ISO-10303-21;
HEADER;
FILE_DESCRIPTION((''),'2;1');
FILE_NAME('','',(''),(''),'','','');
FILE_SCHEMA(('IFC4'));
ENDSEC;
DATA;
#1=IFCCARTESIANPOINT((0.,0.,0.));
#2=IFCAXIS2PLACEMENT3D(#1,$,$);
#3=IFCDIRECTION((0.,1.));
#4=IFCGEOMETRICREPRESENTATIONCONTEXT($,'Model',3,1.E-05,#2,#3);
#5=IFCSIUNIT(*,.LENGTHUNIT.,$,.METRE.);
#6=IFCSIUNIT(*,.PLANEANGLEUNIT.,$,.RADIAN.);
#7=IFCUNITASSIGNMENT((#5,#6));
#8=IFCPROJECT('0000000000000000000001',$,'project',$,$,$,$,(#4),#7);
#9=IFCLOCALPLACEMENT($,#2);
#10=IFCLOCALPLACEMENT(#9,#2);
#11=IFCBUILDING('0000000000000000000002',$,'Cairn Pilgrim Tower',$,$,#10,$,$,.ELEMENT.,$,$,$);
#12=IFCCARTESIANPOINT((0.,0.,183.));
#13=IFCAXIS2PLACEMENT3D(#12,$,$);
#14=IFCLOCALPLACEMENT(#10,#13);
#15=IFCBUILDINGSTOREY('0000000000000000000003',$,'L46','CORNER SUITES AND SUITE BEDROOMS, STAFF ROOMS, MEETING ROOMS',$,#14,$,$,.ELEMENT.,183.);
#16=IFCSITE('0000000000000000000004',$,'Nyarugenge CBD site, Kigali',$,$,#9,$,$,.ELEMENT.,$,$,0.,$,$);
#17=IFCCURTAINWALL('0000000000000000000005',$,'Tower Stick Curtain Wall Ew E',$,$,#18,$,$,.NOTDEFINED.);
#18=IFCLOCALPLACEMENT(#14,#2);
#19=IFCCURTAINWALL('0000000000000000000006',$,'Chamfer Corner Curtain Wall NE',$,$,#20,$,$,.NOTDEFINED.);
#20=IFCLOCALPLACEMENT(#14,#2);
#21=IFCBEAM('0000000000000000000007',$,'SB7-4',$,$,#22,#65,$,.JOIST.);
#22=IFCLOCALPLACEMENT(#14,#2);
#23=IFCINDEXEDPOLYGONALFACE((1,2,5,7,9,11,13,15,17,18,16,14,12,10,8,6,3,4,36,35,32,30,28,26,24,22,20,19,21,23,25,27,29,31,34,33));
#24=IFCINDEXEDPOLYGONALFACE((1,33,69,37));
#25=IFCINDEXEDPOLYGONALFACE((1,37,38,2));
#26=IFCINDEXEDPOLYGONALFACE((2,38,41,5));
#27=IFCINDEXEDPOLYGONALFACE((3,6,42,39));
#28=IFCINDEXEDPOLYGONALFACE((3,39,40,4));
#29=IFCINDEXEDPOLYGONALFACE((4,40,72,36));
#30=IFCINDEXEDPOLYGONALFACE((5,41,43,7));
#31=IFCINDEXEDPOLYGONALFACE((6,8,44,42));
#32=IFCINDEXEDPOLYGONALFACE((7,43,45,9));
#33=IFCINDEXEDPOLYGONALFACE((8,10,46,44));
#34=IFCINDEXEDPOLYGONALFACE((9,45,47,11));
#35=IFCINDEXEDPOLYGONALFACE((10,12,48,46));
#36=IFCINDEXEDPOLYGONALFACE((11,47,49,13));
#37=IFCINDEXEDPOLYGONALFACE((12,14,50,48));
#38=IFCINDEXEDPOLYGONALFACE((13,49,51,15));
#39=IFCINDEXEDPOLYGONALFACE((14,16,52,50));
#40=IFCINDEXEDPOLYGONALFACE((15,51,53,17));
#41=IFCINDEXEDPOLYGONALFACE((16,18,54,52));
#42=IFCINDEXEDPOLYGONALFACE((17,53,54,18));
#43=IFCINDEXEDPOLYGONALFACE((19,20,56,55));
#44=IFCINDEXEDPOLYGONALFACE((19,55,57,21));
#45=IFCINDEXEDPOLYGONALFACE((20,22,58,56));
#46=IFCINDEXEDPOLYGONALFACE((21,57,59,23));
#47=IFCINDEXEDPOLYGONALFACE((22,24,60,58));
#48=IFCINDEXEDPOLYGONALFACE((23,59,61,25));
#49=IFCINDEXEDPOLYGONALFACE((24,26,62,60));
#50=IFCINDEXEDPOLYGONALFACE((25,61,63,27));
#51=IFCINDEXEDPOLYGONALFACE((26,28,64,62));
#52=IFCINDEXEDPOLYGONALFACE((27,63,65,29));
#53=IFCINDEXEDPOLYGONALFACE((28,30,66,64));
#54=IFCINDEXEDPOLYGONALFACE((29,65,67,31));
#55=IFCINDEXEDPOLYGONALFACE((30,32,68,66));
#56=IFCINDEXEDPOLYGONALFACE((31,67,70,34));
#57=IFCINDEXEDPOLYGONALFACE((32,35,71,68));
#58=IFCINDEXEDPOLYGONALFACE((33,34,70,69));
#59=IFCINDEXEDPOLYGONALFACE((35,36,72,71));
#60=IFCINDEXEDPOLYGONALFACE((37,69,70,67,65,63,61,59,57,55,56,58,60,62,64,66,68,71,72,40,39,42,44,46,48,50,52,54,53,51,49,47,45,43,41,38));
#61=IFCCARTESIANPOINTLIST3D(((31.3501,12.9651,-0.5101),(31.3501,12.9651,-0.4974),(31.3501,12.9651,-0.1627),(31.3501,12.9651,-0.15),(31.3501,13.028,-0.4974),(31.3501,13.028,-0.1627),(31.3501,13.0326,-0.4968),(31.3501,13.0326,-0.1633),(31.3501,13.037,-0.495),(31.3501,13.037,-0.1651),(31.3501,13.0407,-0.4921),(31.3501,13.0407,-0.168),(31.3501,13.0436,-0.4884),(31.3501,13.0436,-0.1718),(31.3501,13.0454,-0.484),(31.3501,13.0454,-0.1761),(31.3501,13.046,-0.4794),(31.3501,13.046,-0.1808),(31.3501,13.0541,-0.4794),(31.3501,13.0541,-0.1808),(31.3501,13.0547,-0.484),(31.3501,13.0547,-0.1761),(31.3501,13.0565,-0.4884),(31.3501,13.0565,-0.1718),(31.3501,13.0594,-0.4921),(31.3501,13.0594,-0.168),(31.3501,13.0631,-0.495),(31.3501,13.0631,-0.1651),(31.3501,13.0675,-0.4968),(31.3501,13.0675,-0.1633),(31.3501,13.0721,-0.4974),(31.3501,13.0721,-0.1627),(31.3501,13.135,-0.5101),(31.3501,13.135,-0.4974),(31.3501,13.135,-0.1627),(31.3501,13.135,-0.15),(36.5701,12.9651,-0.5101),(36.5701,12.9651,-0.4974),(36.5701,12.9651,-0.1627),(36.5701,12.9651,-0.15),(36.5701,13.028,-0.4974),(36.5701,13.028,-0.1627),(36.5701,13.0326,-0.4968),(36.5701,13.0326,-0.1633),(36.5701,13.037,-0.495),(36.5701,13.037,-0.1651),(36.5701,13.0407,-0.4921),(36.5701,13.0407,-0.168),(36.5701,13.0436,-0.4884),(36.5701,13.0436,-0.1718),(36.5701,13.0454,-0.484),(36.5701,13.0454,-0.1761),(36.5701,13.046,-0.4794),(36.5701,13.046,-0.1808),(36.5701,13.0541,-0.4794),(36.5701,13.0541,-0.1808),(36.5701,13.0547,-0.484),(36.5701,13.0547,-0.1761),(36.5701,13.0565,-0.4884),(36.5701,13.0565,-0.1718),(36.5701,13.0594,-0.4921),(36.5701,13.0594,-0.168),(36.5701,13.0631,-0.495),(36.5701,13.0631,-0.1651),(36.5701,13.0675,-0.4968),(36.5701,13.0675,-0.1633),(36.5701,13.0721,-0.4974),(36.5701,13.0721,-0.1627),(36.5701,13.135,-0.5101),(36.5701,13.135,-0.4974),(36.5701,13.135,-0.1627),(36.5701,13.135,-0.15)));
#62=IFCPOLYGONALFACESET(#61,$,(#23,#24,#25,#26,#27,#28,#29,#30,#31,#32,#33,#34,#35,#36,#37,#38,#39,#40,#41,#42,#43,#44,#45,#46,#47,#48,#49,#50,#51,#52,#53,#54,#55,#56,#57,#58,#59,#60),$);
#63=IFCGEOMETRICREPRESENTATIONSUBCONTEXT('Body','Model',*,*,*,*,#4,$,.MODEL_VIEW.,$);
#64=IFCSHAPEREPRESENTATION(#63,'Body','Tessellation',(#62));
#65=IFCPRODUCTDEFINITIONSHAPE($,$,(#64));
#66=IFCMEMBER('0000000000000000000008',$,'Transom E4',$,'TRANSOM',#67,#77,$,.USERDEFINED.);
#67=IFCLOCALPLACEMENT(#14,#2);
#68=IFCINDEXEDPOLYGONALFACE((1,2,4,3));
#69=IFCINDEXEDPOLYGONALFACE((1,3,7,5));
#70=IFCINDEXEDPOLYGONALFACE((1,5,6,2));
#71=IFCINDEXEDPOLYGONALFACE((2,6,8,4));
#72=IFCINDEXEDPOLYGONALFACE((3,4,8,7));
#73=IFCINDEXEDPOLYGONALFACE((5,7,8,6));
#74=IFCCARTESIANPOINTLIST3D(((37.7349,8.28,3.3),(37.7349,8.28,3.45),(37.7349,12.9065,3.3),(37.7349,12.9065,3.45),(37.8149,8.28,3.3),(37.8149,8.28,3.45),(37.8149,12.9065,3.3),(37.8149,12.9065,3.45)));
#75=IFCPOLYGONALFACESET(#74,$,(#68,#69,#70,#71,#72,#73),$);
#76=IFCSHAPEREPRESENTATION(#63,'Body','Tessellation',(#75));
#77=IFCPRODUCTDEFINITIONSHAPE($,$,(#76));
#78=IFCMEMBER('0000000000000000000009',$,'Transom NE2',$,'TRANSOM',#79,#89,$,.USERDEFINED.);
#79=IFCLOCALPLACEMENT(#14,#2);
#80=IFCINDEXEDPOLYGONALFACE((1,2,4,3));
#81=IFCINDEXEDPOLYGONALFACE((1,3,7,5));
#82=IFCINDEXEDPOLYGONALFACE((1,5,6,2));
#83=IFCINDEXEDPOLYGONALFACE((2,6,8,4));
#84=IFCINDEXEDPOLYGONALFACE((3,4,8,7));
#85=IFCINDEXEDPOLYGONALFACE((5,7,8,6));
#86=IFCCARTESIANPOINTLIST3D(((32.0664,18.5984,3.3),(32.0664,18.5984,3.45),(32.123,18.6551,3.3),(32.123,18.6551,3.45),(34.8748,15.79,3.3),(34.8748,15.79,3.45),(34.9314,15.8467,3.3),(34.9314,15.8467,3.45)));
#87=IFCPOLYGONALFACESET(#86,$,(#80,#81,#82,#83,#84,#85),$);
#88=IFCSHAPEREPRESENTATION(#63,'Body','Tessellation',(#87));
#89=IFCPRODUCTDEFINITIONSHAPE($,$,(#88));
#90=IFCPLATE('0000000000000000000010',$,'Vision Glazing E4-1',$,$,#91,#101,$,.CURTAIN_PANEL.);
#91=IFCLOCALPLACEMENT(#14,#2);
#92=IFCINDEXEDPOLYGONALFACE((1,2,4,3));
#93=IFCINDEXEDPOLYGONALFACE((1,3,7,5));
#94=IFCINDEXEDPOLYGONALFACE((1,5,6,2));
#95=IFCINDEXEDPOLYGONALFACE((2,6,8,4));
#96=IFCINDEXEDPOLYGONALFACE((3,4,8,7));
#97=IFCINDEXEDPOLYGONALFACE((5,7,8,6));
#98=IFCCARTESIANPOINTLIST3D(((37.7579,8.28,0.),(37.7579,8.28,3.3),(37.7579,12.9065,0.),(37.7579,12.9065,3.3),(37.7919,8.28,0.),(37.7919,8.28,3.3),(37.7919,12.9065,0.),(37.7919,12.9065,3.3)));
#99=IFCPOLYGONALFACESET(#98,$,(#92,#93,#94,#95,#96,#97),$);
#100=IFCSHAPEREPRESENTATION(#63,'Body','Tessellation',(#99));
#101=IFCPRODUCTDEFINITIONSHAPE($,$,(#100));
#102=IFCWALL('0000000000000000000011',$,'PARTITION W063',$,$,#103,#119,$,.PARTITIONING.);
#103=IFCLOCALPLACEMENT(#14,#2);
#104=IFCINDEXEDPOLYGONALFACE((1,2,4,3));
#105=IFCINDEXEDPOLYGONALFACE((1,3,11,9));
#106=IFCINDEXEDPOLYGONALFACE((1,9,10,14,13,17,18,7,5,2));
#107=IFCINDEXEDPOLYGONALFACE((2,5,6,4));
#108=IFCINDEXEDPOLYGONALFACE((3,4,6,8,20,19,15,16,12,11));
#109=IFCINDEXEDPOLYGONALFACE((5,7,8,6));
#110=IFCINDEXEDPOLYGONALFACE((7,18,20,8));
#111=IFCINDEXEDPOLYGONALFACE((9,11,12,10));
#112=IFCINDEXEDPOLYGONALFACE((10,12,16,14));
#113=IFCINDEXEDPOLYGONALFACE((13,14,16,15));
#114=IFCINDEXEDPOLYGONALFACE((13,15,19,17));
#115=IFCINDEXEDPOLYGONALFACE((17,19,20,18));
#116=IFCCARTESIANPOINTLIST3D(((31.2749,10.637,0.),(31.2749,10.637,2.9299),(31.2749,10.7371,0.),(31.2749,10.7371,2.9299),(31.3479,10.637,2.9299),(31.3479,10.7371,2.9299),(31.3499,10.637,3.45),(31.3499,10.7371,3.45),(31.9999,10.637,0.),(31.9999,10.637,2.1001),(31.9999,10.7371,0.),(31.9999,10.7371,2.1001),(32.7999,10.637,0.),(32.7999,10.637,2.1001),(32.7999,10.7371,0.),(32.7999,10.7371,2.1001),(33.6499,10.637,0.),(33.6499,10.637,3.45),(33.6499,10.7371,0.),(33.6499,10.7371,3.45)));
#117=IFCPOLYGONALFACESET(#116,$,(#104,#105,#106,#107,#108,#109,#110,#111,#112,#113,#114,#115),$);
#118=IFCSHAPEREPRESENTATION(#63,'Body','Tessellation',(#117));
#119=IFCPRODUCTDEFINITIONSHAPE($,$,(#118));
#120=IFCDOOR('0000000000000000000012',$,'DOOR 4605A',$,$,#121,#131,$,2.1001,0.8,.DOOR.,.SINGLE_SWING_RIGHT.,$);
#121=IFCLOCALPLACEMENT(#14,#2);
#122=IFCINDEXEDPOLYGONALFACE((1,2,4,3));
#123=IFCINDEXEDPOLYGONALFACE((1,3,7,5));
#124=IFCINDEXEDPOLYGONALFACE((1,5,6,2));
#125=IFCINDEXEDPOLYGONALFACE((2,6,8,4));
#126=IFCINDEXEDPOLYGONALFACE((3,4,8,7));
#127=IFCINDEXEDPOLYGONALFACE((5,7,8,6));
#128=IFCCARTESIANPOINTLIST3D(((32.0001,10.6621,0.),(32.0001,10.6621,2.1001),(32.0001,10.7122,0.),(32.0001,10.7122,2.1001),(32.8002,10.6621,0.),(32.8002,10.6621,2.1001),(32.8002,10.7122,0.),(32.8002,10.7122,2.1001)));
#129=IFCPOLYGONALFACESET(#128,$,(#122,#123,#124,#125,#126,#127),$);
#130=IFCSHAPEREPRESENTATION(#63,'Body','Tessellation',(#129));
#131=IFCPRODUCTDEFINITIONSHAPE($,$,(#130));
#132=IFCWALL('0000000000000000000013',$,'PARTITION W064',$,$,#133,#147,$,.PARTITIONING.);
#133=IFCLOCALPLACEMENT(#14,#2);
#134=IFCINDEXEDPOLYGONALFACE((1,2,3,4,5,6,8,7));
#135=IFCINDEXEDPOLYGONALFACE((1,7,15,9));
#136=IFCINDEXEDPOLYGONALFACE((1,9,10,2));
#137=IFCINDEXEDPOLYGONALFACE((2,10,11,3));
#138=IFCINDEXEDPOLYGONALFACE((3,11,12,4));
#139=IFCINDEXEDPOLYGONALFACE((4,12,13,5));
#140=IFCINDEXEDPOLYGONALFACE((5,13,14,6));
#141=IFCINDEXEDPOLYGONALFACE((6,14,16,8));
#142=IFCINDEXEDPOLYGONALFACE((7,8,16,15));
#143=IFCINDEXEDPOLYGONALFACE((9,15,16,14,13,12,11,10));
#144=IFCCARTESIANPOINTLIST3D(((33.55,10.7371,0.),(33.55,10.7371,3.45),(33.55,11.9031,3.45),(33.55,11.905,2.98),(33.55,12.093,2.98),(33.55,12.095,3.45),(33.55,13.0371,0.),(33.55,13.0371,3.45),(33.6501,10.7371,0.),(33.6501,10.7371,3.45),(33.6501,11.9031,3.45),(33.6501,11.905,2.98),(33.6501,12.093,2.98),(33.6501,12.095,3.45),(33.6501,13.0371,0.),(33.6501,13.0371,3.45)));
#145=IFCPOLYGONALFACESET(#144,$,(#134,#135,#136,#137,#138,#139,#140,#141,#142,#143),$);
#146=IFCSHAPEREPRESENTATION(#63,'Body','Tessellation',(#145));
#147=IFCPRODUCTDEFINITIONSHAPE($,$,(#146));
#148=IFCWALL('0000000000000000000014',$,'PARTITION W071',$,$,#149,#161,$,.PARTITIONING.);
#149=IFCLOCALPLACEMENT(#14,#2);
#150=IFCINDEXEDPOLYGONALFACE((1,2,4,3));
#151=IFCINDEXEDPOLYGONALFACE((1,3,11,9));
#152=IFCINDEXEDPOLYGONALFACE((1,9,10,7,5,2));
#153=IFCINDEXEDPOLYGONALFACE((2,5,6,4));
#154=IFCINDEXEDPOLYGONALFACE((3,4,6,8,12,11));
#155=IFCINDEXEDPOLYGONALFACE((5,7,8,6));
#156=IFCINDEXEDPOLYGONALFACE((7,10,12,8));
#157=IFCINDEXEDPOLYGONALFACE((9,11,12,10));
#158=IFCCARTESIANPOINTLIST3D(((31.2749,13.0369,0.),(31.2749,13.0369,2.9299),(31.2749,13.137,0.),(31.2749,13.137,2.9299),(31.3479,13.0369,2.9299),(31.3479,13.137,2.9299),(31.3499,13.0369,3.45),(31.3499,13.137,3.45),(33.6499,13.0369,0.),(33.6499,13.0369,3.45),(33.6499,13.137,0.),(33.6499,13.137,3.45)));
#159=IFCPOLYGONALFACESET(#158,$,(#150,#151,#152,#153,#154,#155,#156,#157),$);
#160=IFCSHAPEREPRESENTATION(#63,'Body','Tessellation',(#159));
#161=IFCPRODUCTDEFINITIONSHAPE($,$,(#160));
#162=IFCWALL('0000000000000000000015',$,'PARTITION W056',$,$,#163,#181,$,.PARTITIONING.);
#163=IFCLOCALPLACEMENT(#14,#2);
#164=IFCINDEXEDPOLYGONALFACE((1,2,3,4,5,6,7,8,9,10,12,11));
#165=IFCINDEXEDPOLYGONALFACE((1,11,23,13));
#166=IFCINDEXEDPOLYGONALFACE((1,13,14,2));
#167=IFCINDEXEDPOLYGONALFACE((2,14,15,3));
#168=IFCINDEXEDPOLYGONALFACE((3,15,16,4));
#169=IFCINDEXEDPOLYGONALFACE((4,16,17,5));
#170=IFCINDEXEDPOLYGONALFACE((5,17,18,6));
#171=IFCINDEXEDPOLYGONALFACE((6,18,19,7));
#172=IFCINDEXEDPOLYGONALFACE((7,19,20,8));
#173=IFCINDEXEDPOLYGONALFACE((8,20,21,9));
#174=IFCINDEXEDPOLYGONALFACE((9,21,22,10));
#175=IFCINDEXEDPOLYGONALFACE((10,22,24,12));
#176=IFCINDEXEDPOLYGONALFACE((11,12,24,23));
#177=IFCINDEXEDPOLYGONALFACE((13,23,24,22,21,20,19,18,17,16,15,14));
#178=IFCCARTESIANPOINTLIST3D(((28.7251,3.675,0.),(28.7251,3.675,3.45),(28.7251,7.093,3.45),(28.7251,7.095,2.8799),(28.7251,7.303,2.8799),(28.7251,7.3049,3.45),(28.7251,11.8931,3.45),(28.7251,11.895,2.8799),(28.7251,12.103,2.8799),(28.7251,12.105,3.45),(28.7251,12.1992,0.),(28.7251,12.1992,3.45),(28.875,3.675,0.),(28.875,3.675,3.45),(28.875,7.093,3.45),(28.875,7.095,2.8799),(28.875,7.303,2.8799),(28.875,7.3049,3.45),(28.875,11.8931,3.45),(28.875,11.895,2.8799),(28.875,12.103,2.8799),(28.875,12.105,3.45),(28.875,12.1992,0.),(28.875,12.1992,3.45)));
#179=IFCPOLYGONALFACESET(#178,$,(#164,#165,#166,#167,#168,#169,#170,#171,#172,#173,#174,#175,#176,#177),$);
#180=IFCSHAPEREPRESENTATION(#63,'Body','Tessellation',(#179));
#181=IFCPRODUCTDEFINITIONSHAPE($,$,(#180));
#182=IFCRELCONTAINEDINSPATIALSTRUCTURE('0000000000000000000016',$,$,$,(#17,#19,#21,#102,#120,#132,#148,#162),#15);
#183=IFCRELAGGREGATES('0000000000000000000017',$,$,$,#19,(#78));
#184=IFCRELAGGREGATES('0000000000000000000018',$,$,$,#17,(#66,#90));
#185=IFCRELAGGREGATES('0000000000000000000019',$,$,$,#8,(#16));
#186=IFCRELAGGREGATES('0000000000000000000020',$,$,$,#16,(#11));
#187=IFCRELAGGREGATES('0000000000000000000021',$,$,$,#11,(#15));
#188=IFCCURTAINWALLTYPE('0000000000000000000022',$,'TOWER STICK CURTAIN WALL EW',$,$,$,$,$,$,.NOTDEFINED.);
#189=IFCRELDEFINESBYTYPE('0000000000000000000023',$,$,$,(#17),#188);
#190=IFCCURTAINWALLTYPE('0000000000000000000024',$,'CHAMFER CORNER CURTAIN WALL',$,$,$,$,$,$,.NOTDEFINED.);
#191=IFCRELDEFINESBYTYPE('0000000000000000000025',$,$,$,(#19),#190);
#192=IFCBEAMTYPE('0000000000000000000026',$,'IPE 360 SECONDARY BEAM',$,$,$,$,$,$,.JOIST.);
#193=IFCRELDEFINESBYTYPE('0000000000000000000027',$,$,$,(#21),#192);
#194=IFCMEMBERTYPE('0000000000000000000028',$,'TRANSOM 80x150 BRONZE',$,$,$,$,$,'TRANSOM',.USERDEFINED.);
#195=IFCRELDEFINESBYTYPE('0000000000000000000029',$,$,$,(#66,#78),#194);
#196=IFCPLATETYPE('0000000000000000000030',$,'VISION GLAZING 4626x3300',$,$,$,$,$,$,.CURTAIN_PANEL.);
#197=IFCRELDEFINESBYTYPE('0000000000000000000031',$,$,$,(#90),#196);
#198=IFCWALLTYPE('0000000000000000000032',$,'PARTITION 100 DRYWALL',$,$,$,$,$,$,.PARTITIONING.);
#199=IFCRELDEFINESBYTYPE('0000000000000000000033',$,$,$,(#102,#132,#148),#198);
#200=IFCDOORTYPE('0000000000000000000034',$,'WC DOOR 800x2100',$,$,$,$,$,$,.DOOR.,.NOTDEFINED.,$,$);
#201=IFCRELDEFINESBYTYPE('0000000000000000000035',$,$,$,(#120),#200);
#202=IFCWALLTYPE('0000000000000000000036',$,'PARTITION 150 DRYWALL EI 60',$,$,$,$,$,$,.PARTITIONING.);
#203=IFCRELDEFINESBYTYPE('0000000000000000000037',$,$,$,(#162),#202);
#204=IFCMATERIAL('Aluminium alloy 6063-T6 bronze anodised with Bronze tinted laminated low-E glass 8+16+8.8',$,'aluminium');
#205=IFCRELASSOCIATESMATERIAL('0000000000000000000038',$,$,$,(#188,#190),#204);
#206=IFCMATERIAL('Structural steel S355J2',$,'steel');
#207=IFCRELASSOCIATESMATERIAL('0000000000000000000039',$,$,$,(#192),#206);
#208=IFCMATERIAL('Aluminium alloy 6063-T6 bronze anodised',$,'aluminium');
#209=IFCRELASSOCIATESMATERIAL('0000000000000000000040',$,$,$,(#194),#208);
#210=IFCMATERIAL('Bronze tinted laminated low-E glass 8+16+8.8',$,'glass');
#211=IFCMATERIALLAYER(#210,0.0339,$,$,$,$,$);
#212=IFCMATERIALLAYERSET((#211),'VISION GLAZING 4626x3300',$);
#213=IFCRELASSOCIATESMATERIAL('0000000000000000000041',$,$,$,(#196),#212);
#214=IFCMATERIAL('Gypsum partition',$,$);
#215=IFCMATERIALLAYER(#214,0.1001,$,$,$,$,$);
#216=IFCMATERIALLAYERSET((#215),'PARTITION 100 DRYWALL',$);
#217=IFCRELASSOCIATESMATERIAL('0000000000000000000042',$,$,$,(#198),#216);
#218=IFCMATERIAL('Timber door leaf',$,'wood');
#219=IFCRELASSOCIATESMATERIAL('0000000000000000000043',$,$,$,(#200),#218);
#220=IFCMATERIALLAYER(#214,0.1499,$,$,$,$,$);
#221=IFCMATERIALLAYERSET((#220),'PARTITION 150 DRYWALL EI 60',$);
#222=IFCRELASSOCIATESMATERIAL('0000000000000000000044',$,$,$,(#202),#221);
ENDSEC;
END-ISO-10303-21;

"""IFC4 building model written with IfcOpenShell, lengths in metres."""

from ifc_helpers import new_model, si_unit, direction, frame, frame_2d, origin, origin_2d, place, context, subcontext, project, spatial, polyline, rectangle, i_section, outline, extrude, material, layer, layer_set, material_profile, profile_set, type_object, element, fill, aggregate, save


model = new_model("IFC4")

# Units and contexts
model_context = context("Model", 3, precision=1e-05, world=origin(), true_north=direction((0.0, 1.0)))
body_context = subcontext(model_context, "Body", "Model", "MODEL_VIEW")
ifc_project = project(units=[si_unit("LENGTHUNIT", "METRE"), si_unit("PLANEANGLEUNIT", "RADIAN")], contexts=[model_context])

# Site, building, storey
site_placement = place(None, origin())
site = spatial("IfcSite", under=ifc_project, at=site_placement, Name="Nyarugenge CBD site, Kigali", CompositionType="ELEMENT", RefElevation=0.0)
building_placement = place(site_placement, origin())
building = spatial("IfcBuilding", under=site, at=building_placement, Name="Cairn Pilgrim Tower", CompositionType="ELEMENT")
storey_placement = place(building_placement, frame((0.0, 0.0, 183.0)))
storey = spatial("IfcBuildingStorey", under=building, at=storey_placement, Name="L46", Description="CORNER SUITES AND SUITE BEDROOMS, STAFF ROOMS, MEETING ROOMS", CompositionType="ELEMENT", Elevation=183.0)

# Curtain wall
ifc_material_1 = material(Name="Aluminium alloy 6063-T6 bronze anodised with Bronze tinted laminated low-E glass 8+16+8.8", Category="aluminium")
curtain_wall_type_1 = type_object("IfcCurtainWallType", Name="TOWER STICK CURTAIN WALL EW", PredefinedType="NOTDEFINED", material=ifc_material_1)
curtain_wall_1_placement = place(storey_placement, origin())
curtain_wall_1 = element("IfcCurtainWall", 1, at=curtain_wall_1_placement, inside=storey, type_object=curtain_wall_type_1, Name="Tower Stick Curtain Wall Ew E", PredefinedType="NOTDEFINED")
ifc_material_2 = material(Name="Aluminium alloy 6063-T6 bronze anodised", Category="aluminium")

# Curtain wall
curtain_wall_type_2 = type_object("IfcCurtainWallType", Name="CHAMFER CORNER CURTAIN WALL", PredefinedType="NOTDEFINED", material=ifc_material_1)
curtain_wall_2_placement = place(storey_placement, origin())
curtain_wall_2 = element("IfcCurtainWall", 2, at=curtain_wall_2_placement, inside=storey, type_object=curtain_wall_type_2, Name="Chamfer Corner Curtain Wall NE", PredefinedType="NOTDEFINED")

# Beam
ifc_material_3 = material(Name="Structural steel S355J2", Category="steel")
ifc_material_profile_1 = material_profile(ifc_material_3, i_section(OverallWidth=0.1699, OverallDepth=0.3601, WebThickness=0.0081, FlangeThickness=0.0127, FilletRadius=0.0181, at=origin_2d()), Name="IPE 360")
ifc_profile_set_1 = profile_set([ifc_material_profile_1], Name="Structural steel S355J2")
beam_type_1 = type_object("IfcBeamType", Name="IPE 360 SECONDARY BEAM", PredefinedType="JOIST", material=ifc_profile_set_1)
beam_1_placement = place(storey_placement, frame((31.3501, 13.05, -0.3301), z_axis=(1.0, 0.0, 0.0), x_axis=(0.0, 1.0, 0.0)))
element("IfcBeam", 3, at=beam_1_placement, inside=storey, type_object=beam_type_1, Name="SB7-4", PredefinedType="JOIST", context=body_context, shape_type="SweptSolid", body=[
    extrude(i_section(OverallWidth=0.1699, OverallDepth=0.3601, WebThickness=0.0081, FlangeThickness=0.0127, FilletRadius=0.0181, at=origin_2d()), origin(), (0.0, 0.0, 1.0), 5.22),
])

# Members
ifc_material_profile_2 = material_profile(ifc_material_2, rectangle(XDim=0.0801, YDim=0.1499, at=origin_2d()), Name="TRANSOM 80x150 BRONZE")
ifc_profile_set_2 = profile_set([ifc_material_profile_2], Name="Aluminium alloy 6063-T6 bronze anodised")
member_type_1 = type_object("IfcMemberType", Name="TRANSOM 80x150 BRONZE", ElementType="TRANSOM", PredefinedType="USERDEFINED", material=ifc_profile_set_2)
member_1_placement = place(storey_placement, frame((37.7749, 8.28, 3.375), z_axis=(0.0, 1.0, 0.0), x_axis=(-1.0, 0.0, 0.0)))
member_1 = element("IfcMember", 4, at=member_1_placement, type_object=member_type_1, Name="Transom E4", ObjectType="TRANSOM", PredefinedType="USERDEFINED", context=body_context, shape_type="SweptSolid", body=[
    extrude(rectangle(XDim=0.0801, YDim=0.1499, at=origin_2d()), origin(), (0.0, 0.0, 1.0), 4.6265),
])
member_2_placement = place(storey_placement, frame((34.9031, 15.8184, 3.375), z_axis=(-0.707107, 0.707107, 0.0), x_axis=(-0.707107, -0.707107, 0.0)))
member_2 = element("IfcMember", 5, at=member_2_placement, type_object=member_type_1, Name="Transom NE2", ObjectType="TRANSOM", PredefinedType="USERDEFINED", context=body_context, shape_type="SweptSolid", body=[
    extrude(rectangle(XDim=0.0801, YDim=0.1499, at=origin_2d()), origin(), (0.0, 0.0, 1.0), 3.9717),
])
aggregate(curtain_wall_2, [member_2])

# Plate
ifc_material_4 = material(Name="Bronze tinted laminated low-E glass 8+16+8.8", Category="glass")
ifc_layer_1 = layer(ifc_material_4, 0.0339)
ifc_layer_set_1 = layer_set([ifc_layer_1], Name="VISION GLAZING 4626x3300")
plate_type = type_object("IfcPlateType", Name="VISION GLAZING 4626x3300", PredefinedType="CURTAIN_PANEL", material=ifc_layer_set_1)
plate_placement = place(storey_placement, frame((37.7749, 10.5933, 0.0), z_axis=(0.0, 0.0, 1.0), x_axis=(0.0, 1.0, 0.0)))
plate = element("IfcPlate", 6, at=plate_placement, type_object=plate_type, Name="Vision Glazing E4-1", PredefinedType="CURTAIN_PANEL", context=body_context, shape_type="SweptSolid", body=[
    extrude(rectangle(XDim=4.6265, YDim=0.0339, at=origin_2d()), origin(), (0.0, 0.0, 1.0), 3.3),
])
aggregate(curtain_wall_1, [member_1, plate])

# Wall, opening, door
ifc_material_5 = material(Name="Gypsum partition")
ifc_layer_2 = layer(ifc_material_5, 0.1001)
ifc_layer_set_2 = layer_set([ifc_layer_2], Name="PARTITION 100 DRYWALL")
wall_type_1 = type_object("IfcWallType", Name="PARTITION 100 DRYWALL", PredefinedType="PARTITIONING", material=ifc_layer_set_2)
wall_1_placement = place(storey_placement, frame((31.2749, 10.687, 0.0), z_axis=(0.0, 0.0, 1.0), x_axis=(1.0, 0.0, 0.0)))
wall_1 = element("IfcWall", 7, at=wall_1_placement, inside=storey, type_object=wall_type_1, Name="PARTITION W063", PredefinedType="PARTITIONING", context=body_context, shape_type="SweptSolid", body=[
    extrude(outline(polyline([(0.0, 0.0), (2.375, 0.0), (2.375, 3.45), (0.075, 3.45), (0.073, 2.9299), (0.0, 2.9299), (0.0, 0.0)])), frame((0.0, 0.05, 0.0), z_axis=(0.0, -1.0, 0.0), x_axis=(1.0, 0.0, 0.0)), (0.0, 0.0, 1.0), 0.1001),
])
opening_1_placement = place(wall_1_placement, frame((0.7251, 0.0, 0.0)))
opening_1 = element("IfcOpeningElement", 8, at=opening_1_placement, cuts=wall_1, PredefinedType="OPENING", context=body_context, shape_type="SweptSolid", body=[
    extrude(rectangle(XDim=0.8, YDim=2.1001, at=frame_2d((0.3999, 1.05))), frame((0.0, 0.0601, 0.0), z_axis=(0.0, -1.0, 0.0), x_axis=(1.0, 0.0, 0.0)), (0.0, 0.0, 1.0), 0.1201),
])
ifc_material_6 = material(Name="Timber door leaf", Category="wood")
door_type_1 = type_object("IfcDoorType", Name="WC DOOR 800x2100", OperationType="NOTDEFINED", PredefinedType="DOOR", material=ifc_material_6)
door_1_placement = place(opening_1_placement, frame((0.8, 0.0, 0.0), z_axis=(0.0, 0.0, 1.0), x_axis=(-1.0, 0.0, 0.0)))
door_1 = element("IfcDoor", 9, at=door_1_placement, inside=storey, type_object=door_type_1, Name="DOOR 4605A", OperationType="SINGLE_SWING_RIGHT", OverallHeight=2.1001, OverallWidth=0.8, PredefinedType="DOOR", context=body_context, shape_type="SweptSolid", body=[
    extrude(rectangle(XDim=0.8, YDim=2.1001, at=frame_2d((0.3999, 1.05))), frame((0.0, 0.0249, 0.0), z_axis=(0.0, -1.0, 0.0), x_axis=(1.0, 0.0, 0.0)), (0.0, 0.0, 1.0), 0.05),
])
fill(opening_1, door_1)

# Walls
wall_2_placement = place(storey_placement, frame((33.6001, 10.7371, 0.0), z_axis=(0.0, 0.0, 1.0), x_axis=(0.0, 1.0, 0.0)))
element("IfcWall", 10, at=wall_2_placement, inside=storey, type_object=wall_type_1, Name="PARTITION W064", PredefinedType="PARTITIONING", context=body_context, shape_type="SweptSolid", body=[
    extrude(outline(polyline([(0.0, 0.0), (2.3, 0.0), (2.3, 3.45), (1.3579, 3.45), (1.356, 2.98), (1.168, 2.98), (1.166, 3.45), (0.0, 3.45), (0.0, 0.0)])), frame((0.0, 0.05, 0.0), z_axis=(0.0, -1.0, 0.0), x_axis=(1.0, 0.0, 0.0)), (0.0, 0.0, 1.0), 0.1001),
])
wall_3_placement = place(storey_placement, frame((31.2749, 13.0869, 0.0), z_axis=(0.0, 0.0, 1.0), x_axis=(1.0, 0.0, 0.0)))
element("IfcWall", 11, at=wall_3_placement, inside=storey, type_object=wall_type_1, Name="PARTITION W071", PredefinedType="PARTITIONING", context=body_context, shape_type="SweptSolid", body=[
    extrude(outline(polyline([(0.0, 0.0), (2.375, 0.0), (2.375, 3.45), (0.075, 3.45), (0.073, 2.9299), (0.0, 2.9299), (0.0, 0.0)])), frame((0.0, 0.05, 0.0), z_axis=(0.0, -1.0, 0.0), x_axis=(1.0, 0.0, 0.0)), (0.0, 0.0, 1.0), 0.1001),
])
ifc_layer_3 = layer(ifc_material_5, 0.1499)
ifc_layer_set_3 = layer_set([ifc_layer_3], Name="PARTITION 150 DRYWALL EI 60")
wall_type_2 = type_object("IfcWallType", Name="PARTITION 150 DRYWALL EI 60", PredefinedType="PARTITIONING", material=ifc_layer_set_3)
wall_4_placement = place(storey_placement, frame((28.8, 3.675, 0.0), z_axis=(0.0, 0.0, 1.0), x_axis=(0.0, 1.0, 0.0)))
element("IfcWall", 12, at=wall_4_placement, inside=storey, type_object=wall_type_2, Name="PARTITION W056", PredefinedType="PARTITIONING", context=body_context, shape_type="SweptSolid", body=[
    extrude(outline(polyline([(0.0, 0.0), (8.5242, 0.0), (8.5242, 3.45), (8.4299, 3.45), (8.428, 2.8799), (8.22, 2.8799), (8.218, 3.45), (3.6299, 3.45), (3.6279, 2.8799), (3.4199, 2.8799), (3.418, 3.45), (0.0, 3.45), (0.0, 0.0)])), frame((0.0, 0.075, 0.0), z_axis=(0.0, -1.0, 0.0), x_axis=(1.0, 0.0, 0.0)), (0.0, 0.0, 1.0), 0.1499),
])

save(model, "model.ifc")
